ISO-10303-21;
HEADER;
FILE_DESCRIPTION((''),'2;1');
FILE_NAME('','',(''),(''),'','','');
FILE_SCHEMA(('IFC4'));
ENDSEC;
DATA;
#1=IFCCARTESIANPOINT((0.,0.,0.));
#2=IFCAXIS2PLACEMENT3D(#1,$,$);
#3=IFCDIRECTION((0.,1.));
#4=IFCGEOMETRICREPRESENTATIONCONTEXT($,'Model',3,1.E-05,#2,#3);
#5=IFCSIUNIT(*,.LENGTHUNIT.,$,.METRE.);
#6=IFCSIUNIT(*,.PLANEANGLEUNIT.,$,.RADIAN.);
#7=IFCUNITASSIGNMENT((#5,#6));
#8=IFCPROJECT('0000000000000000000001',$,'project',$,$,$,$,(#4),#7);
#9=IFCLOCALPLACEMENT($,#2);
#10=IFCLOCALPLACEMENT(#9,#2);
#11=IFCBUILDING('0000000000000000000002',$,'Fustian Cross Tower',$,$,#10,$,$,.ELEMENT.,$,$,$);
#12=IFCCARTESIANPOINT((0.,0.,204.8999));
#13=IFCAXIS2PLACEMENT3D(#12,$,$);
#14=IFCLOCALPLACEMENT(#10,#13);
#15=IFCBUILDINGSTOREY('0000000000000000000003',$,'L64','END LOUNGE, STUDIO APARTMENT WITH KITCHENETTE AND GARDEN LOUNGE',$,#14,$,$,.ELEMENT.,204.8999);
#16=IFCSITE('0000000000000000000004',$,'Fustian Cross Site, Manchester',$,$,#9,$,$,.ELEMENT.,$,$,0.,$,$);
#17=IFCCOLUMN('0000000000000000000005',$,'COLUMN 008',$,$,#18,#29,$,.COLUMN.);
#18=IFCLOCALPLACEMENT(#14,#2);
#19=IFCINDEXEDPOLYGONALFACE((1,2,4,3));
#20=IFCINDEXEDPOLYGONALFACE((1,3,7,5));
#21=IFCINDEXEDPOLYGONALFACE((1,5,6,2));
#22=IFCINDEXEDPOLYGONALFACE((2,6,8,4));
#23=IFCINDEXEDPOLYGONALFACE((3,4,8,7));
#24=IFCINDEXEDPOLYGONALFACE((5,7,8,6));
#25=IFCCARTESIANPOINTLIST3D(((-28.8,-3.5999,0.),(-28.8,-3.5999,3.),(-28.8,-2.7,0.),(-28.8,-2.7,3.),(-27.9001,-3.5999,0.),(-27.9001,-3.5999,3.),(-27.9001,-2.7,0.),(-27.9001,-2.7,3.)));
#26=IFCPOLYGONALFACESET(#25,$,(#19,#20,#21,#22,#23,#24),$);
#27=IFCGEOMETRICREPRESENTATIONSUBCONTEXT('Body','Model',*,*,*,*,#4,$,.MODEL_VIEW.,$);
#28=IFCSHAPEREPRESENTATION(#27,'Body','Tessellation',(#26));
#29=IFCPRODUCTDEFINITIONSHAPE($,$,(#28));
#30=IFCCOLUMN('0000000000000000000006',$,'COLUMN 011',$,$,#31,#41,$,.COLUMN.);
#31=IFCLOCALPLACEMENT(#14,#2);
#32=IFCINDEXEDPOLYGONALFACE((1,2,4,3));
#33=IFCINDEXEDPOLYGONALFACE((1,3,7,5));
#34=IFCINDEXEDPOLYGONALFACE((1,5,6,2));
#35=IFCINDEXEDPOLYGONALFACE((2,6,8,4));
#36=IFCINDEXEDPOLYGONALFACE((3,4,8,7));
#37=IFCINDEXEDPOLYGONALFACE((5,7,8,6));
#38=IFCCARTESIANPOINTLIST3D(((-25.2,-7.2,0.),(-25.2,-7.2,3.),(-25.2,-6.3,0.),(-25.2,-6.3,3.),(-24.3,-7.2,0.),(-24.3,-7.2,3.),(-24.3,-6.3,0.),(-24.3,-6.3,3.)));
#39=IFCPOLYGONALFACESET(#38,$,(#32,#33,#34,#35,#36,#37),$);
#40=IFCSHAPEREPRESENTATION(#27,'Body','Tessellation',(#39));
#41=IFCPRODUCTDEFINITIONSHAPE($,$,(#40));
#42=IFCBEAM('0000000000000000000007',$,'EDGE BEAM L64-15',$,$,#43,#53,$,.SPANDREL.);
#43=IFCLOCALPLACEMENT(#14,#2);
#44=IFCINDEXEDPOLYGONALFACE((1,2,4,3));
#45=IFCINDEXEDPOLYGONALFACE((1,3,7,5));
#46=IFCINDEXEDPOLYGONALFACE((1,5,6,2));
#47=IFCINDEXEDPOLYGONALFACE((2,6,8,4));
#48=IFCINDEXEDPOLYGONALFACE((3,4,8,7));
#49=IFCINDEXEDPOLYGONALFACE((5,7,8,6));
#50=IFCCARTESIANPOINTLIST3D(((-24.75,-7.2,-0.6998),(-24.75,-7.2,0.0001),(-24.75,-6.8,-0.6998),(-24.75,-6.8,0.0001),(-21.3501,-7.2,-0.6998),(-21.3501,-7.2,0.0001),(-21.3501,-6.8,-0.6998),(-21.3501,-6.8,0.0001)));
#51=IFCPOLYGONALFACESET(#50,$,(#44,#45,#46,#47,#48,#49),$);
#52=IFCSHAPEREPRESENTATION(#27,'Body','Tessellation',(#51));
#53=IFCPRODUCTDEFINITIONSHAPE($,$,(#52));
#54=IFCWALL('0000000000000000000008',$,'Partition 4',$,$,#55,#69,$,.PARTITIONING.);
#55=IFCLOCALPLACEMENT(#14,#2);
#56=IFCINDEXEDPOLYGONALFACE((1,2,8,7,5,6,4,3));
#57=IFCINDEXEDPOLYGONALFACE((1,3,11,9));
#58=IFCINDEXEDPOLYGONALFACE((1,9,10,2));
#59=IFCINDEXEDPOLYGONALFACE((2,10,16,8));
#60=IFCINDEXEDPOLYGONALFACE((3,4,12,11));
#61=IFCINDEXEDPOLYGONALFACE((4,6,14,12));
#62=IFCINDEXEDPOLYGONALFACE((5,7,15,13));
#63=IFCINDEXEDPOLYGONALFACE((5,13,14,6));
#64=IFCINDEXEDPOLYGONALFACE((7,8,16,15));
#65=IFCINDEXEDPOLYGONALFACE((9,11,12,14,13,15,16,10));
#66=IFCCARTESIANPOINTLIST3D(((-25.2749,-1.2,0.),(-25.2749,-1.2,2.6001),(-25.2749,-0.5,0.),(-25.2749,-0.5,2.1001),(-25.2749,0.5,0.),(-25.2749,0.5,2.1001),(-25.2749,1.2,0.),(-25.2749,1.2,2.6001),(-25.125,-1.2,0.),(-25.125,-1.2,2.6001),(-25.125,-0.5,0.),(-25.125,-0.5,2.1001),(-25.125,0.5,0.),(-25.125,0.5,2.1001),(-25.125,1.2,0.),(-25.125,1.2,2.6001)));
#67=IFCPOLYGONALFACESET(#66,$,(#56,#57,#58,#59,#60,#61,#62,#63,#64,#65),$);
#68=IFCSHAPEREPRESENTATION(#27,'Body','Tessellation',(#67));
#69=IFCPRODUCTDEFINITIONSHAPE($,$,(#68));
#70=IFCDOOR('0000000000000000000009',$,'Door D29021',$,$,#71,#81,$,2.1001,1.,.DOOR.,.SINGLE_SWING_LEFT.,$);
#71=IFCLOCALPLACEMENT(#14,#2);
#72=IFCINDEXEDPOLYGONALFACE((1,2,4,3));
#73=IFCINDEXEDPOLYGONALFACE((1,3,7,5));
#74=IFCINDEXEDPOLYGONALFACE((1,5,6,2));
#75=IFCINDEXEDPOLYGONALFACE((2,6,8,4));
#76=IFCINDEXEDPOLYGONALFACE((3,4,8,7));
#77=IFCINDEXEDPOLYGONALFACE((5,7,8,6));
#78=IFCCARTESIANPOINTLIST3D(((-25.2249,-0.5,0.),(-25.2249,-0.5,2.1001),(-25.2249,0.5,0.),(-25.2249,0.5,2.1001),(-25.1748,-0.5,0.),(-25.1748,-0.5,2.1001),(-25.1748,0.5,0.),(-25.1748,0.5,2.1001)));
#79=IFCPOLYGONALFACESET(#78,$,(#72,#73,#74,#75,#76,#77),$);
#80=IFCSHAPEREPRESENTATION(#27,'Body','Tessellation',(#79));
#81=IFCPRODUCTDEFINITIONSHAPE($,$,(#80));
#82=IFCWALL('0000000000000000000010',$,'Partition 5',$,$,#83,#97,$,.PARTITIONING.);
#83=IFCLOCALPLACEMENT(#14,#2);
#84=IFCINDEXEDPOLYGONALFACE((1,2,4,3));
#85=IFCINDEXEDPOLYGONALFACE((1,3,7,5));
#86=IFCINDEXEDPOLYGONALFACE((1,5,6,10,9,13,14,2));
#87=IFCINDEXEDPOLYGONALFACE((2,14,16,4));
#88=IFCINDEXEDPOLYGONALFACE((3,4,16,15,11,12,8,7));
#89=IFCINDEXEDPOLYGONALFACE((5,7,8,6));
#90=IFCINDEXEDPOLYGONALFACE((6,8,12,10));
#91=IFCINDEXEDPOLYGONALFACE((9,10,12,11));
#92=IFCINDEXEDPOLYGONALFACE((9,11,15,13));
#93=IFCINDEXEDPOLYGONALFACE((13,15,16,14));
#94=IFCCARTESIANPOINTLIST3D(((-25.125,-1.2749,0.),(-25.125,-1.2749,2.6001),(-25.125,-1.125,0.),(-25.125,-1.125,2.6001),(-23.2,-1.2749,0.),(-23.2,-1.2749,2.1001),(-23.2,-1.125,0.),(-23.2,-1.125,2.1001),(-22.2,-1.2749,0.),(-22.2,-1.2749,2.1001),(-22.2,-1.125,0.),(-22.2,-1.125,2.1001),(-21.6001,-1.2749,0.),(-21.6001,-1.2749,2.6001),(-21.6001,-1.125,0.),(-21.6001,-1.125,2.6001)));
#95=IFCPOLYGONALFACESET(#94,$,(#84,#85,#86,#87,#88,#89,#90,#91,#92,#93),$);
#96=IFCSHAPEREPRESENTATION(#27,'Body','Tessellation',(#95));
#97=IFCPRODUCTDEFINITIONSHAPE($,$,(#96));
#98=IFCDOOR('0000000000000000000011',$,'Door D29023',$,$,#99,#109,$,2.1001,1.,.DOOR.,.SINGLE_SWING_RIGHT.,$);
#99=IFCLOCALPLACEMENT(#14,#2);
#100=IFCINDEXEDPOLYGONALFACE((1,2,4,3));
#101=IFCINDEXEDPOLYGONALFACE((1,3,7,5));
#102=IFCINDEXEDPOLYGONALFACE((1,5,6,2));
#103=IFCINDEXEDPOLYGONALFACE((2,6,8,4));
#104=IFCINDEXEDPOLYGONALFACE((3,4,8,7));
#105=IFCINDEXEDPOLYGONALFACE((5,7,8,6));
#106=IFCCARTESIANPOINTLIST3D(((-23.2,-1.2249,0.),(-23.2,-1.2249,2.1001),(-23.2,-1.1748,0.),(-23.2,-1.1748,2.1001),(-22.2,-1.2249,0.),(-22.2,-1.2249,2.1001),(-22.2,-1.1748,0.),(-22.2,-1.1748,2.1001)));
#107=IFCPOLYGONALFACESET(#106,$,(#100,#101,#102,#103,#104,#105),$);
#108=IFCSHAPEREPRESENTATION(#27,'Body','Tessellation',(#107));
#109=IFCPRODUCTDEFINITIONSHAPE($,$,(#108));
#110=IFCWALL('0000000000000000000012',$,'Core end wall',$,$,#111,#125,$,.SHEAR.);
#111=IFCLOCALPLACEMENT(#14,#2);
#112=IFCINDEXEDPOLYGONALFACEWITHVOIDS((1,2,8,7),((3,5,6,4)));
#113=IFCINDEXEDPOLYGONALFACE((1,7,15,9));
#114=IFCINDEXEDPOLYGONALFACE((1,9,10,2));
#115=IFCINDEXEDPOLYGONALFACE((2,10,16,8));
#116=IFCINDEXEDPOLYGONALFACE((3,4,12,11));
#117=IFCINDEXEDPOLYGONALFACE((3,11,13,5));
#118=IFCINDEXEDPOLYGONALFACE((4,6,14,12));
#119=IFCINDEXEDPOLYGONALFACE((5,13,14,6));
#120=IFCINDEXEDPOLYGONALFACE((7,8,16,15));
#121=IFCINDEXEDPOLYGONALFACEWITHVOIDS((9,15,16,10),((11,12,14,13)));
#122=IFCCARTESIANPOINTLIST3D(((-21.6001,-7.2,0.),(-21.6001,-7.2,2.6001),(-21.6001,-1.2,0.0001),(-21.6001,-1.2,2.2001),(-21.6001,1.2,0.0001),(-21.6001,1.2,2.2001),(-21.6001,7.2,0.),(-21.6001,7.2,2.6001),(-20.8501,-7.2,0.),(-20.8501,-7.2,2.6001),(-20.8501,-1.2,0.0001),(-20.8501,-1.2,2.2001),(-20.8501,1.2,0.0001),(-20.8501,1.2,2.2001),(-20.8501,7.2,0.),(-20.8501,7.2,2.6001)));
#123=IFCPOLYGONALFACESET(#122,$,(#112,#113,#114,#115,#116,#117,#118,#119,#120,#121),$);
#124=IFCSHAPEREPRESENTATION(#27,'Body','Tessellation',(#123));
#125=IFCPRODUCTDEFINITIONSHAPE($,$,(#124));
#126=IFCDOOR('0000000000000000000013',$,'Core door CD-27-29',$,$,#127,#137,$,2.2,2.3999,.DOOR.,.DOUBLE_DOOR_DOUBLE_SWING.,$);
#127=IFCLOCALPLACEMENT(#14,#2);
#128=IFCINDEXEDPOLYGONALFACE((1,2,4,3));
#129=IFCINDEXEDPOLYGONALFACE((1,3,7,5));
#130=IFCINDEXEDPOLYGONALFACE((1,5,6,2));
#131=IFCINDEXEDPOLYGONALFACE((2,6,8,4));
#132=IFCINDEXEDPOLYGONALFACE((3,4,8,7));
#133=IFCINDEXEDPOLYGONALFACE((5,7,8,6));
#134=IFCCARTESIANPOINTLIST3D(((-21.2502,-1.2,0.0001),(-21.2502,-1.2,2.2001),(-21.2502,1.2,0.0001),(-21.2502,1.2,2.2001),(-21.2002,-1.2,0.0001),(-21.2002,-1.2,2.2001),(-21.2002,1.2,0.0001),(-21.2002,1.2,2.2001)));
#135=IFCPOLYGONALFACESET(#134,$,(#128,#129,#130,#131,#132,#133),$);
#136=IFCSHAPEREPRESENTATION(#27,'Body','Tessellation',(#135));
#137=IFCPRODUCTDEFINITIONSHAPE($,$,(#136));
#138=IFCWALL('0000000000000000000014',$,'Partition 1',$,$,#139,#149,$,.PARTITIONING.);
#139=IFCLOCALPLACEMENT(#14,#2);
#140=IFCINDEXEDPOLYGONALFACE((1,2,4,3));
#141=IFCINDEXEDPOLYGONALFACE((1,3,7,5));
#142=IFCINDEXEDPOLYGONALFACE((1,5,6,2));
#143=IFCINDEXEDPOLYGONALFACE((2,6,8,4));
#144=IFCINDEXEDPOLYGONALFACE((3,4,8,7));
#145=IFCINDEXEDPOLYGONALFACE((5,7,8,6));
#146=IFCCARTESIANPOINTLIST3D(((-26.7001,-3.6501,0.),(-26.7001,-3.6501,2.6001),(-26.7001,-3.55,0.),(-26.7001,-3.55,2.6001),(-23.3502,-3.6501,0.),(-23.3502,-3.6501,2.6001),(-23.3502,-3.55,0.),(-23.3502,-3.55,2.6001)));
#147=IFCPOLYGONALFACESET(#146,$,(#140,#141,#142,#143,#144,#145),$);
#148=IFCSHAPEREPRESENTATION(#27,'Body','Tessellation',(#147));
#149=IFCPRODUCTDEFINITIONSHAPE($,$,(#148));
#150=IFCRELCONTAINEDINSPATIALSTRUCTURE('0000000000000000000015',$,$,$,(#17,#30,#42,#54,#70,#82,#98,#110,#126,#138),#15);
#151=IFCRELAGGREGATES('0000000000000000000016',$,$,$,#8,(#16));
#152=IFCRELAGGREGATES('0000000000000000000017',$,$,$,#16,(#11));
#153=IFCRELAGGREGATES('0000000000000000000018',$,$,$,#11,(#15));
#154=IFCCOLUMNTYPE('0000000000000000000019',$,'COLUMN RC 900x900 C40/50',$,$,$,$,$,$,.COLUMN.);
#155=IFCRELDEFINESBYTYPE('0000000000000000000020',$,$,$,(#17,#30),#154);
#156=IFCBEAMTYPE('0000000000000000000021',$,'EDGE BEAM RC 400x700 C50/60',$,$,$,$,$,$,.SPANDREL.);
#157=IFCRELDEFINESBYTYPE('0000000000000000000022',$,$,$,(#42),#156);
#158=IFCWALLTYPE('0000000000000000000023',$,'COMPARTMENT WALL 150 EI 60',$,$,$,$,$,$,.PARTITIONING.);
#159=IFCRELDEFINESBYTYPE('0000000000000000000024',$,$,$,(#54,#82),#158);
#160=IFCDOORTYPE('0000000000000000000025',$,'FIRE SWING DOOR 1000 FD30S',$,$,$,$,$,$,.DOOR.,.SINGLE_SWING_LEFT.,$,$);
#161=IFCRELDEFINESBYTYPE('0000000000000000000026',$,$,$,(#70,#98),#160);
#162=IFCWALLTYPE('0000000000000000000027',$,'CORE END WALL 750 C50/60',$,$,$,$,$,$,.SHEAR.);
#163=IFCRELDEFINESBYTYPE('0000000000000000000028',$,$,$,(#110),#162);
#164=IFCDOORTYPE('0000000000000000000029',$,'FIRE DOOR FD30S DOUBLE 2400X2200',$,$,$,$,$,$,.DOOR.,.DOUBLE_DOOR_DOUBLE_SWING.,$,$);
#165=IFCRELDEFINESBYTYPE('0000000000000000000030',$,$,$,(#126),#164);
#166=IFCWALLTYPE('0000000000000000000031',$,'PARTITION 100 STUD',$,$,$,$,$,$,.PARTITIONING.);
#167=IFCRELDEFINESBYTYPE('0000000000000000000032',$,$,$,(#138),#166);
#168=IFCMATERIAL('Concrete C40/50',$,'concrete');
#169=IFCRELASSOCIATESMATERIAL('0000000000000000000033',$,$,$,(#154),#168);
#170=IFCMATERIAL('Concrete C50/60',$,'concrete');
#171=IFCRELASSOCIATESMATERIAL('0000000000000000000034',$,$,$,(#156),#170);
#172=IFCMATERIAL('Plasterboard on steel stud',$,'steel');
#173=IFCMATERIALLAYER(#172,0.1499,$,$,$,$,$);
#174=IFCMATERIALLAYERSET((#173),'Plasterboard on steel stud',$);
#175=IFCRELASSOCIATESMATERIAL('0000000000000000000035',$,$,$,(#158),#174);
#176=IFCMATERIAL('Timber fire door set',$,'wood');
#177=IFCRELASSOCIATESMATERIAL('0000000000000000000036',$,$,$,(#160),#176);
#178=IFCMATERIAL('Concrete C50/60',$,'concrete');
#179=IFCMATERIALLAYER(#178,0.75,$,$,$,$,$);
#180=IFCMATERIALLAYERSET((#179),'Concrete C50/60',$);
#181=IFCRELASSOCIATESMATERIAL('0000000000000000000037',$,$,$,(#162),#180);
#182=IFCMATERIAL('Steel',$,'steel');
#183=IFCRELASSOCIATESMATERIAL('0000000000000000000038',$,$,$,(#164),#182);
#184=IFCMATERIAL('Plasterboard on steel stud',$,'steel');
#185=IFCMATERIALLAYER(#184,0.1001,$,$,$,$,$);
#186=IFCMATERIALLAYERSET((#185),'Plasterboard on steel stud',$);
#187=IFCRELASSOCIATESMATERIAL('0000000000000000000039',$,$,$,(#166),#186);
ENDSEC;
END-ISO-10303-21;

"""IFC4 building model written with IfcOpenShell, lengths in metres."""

from ifc_helpers import new_model, si_unit, direction, frame, frame_2d, origin, origin_2d, place, context, subcontext, project, spatial, rectangle, extrude, material, layer, layer_set, material_profile, profile_set, type_object, element, fill, save


model = new_model("IFC4")

# Units and contexts
model_context = context("Model", 3, precision=1e-05, world=origin(), true_north=direction((0.0, 1.0)))
body_context = subcontext(model_context, "Body", "Model", "MODEL_VIEW")
ifc_project = project(units=[si_unit("LENGTHUNIT", "METRE"), si_unit("PLANEANGLEUNIT", "RADIAN")], contexts=[model_context])

# Site, building, storey
site_placement = place(None, origin())
site = spatial("IfcSite", under=ifc_project, at=site_placement, Name="Fustian Cross Site, Manchester", CompositionType="ELEMENT", RefElevation=0.0)
building_placement = place(site_placement, origin())
building = spatial("IfcBuilding", under=site, at=building_placement, Name="Fustian Cross Tower", CompositionType="ELEMENT")
storey_placement = place(building_placement, frame((0.0, 0.0, 204.8999)))
storey = spatial("IfcBuildingStorey", under=building, at=storey_placement, Name="L64", Description="END LOUNGE, STUDIO APARTMENT WITH KITCHENETTE AND GARDEN LOUNGE", CompositionType="ELEMENT", Elevation=204.8999)

# Columns
ifc_material_1 = material(Name="Concrete C40/50", Category="concrete")
ifc_material_profile_1 = material_profile(ifc_material_1, rectangle(XDim=0.8999, YDim=0.8999, at=origin_2d()), Name="RC 900x900")
ifc_profile_set_1 = profile_set([ifc_material_profile_1], Name="Concrete C40/50")
column_type = type_object("IfcColumnType", Name="COLUMN RC 900x900 C40/50", PredefinedType="COLUMN", material=ifc_profile_set_1)
for number, where, z_axis, x_axis, name in (
    (1, (-28.3501, -3.1499, 0.0), (0.0, 0.0, 1.0), (1.0, 0.0, 0.0), "COLUMN 008"),
    (2, (-24.75, -6.75, 0.0), (0.0, 0.0, 1.0), (1.0, 0.0, 0.0), "COLUMN 011"),
):
    element("IfcColumn", number, at=place(storey_placement, frame(where, z_axis=z_axis, x_axis=x_axis)), inside=storey, type_object=column_type, Name=name, PredefinedType="COLUMN", context=body_context, shape_type="SweptSolid", body=[
        extrude(rectangle(XDim=0.8999, YDim=0.8999, at=origin_2d()), origin(), (0.0, 0.0, 1.0), 3.0),
    ])

# Beam
ifc_material_2 = material(Name="Concrete C50/60", Category="concrete")
ifc_material_profile_2 = material_profile(ifc_material_2, rectangle(XDim=0.3999, YDim=0.7, at=origin_2d()), Name="RC 400x700")
ifc_profile_set_2 = profile_set([ifc_material_profile_2], Name="Concrete C50/60")
beam_type = type_object("IfcBeamType", Name="EDGE BEAM RC 400x700 C50/60", PredefinedType="SPANDREL", material=ifc_profile_set_2)
beam_placement = place(storey_placement, frame((-24.75, -7.0, -0.3499), z_axis=(1.0, 0.0, 0.0), x_axis=(0.0, 1.0, 0.0)))
element("IfcBeam", 3, at=beam_placement, inside=storey, type_object=beam_type, Name="EDGE BEAM L64-15", PredefinedType="SPANDREL", context=body_context, shape_type="SweptSolid", body=[
    extrude(rectangle(XDim=0.3999, YDim=0.7, at=origin_2d()), origin(), (0.0, 0.0, 1.0), 3.3999),
])

# Walls, openings, doors
ifc_material_3 = material(Name="Plasterboard on steel stud", Category="steel")
ifc_layer_1 = layer(ifc_material_3, 0.1499)
ifc_layer_set_1 = layer_set([ifc_layer_1], Name="Plasterboard on steel stud")
wall_type_1 = type_object("IfcWallType", Name="COMPARTMENT WALL 150 EI 60", PredefinedType="PARTITIONING", material=ifc_layer_set_1)
wall_1_placement = place(storey_placement, frame((-25.2, -1.2, 0.0), z_axis=(0.0, 0.0, 1.0), x_axis=(0.0, 1.0, 0.0)))
wall_1 = element("IfcWall", 4, at=wall_1_placement, inside=storey, type_object=wall_type_1, Name="Partition 4", PredefinedType="PARTITIONING", context=body_context, shape_type="SweptSolid", body=[
    extrude(rectangle(XDim=2.3999, YDim=0.1499, at=frame_2d((1.2, 0.0))), origin(), (0.0, 0.0, 1.0), 2.6001),
])
opening_1_placement = place(wall_1_placement, frame((0.7, 0.0, 0.0)))
opening_1 = element("IfcOpeningElement", 5, at=opening_1_placement, cuts=wall_1, PredefinedType="OPENING", context=body_context, shape_type="SweptSolid", body=[
    extrude(rectangle(XDim=1.0, YDim=2.1001, at=frame_2d((0.5, 1.05))), frame((0.0, 0.085, 0.0), z_axis=(0.0, -1.0, 0.0), x_axis=(1.0, 0.0, 0.0)), (0.0, 0.0, 1.0), 0.1699),
])
ifc_material_4 = material(Name="Timber fire door set", Category="wood")
door_type_1 = type_object("IfcDoorType", Name="FIRE SWING DOOR 1000 FD30S", OperationType="SINGLE_SWING_LEFT", PredefinedType="DOOR", material=ifc_material_4)
door_1_placement = place(opening_1_placement, origin())
door_1 = element("IfcDoor", 6, at=door_1_placement, inside=storey, type_object=door_type_1, Name="Door D29021", OperationType="SINGLE_SWING_LEFT", OverallHeight=2.1001, OverallWidth=1.0, PredefinedType="DOOR", context=body_context, shape_type="SweptSolid", body=[
    extrude(rectangle(XDim=1.0, YDim=2.1001, at=frame_2d((0.5, 1.05))), frame((0.0, 0.0249, 0.0), z_axis=(0.0, -1.0, 0.0), x_axis=(1.0, 0.0, 0.0)), (0.0, 0.0, 1.0), 0.05),
])
fill(opening_1, door_1)
wall_2_placement = place(storey_placement, frame((-25.125, -1.2, 0.0), z_axis=(0.0, 0.0, 1.0), x_axis=(1.0, 0.0, 0.0)))
wall_2 = element("IfcWall", 7, at=wall_2_placement, inside=storey, type_object=wall_type_1, Name="Partition 5", PredefinedType="PARTITIONING", context=body_context, shape_type="SweptSolid", body=[
    extrude(rectangle(XDim=3.5249, YDim=0.1499, at=frame_2d((1.7625, 0.0))), origin(), (0.0, 0.0, 1.0), 2.6001),
])
opening_2_placement = place(wall_2_placement, frame((1.925, 0.0, 0.0)))
opening_2 = element("IfcOpeningElement", 8, at=opening_2_placement, cuts=wall_2, PredefinedType="OPENING", context=body_context, shape_type="SweptSolid", body=[
    extrude(rectangle(XDim=1.0, YDim=2.1001, at=frame_2d((0.5, 1.05))), frame((0.0, 0.085, 0.0), z_axis=(0.0, -1.0, 0.0), x_axis=(1.0, 0.0, 0.0)), (0.0, 0.0, 1.0), 0.1699),
])
door_2_placement = place(opening_2_placement, frame((1.0, 0.0, 0.0), z_axis=(0.0, 0.0, 1.0), x_axis=(-1.0, 0.0, 0.0)))
door_2 = element("IfcDoor", 9, at=door_2_placement, inside=storey, type_object=door_type_1, Name="Door D29023", OperationType="SINGLE_SWING_RIGHT", OverallHeight=2.1001, OverallWidth=1.0, PredefinedType="DOOR", context=body_context, shape_type="SweptSolid", body=[
    extrude(rectangle(XDim=1.0, YDim=2.1001, at=frame_2d((0.5, 1.05))), frame((0.0, 0.0249, 0.0), z_axis=(0.0, -1.0, 0.0), x_axis=(1.0, 0.0, 0.0)), (0.0, 0.0, 1.0), 0.05),
])
fill(opening_2, door_2)
ifc_material_5 = material(Name="Concrete C50/60", Category="concrete")
ifc_layer_2 = layer(ifc_material_5, 0.75)
ifc_layer_set_2 = layer_set([ifc_layer_2], Name="Concrete C50/60")
wall_type_2 = type_object("IfcWallType", Name="CORE END WALL 750 C50/60", PredefinedType="SHEAR", material=ifc_layer_set_2)
wall_3_placement = place(storey_placement, frame((-21.2251, -7.2, 0.0), z_axis=(0.0, 0.0, 1.0), x_axis=(0.0, 1.0, 0.0)))
wall_3 = element("IfcWall", 10, at=wall_3_placement, inside=storey, type_object=wall_type_2, Name="Core end wall", PredefinedType="SHEAR", context=body_context, shape_type="SweptSolid", body=[
    extrude(rectangle(XDim=14.3999, YDim=0.75, at=frame_2d((7.2, 0.0))), origin(), (0.0, 0.0, 1.0), 2.6001),
])
opening_3_placement = place(wall_3_placement, frame((6.0, 0.0, 0.0)))
opening_3 = element("IfcOpeningElement", 11, at=opening_3_placement, cuts=wall_3, PredefinedType="OPENING", context=body_context, shape_type="SweptSolid", body=[
    extrude(rectangle(XDim=2.3999, YDim=2.2, at=frame_2d((1.2, 1.1001))), frame((0.0, 0.385, 0.0), z_axis=(0.0, -1.0, 0.0), x_axis=(1.0, 0.0, 0.0)), (0.0, 0.0, 1.0), 0.77),
])
ifc_material_6 = material(Name="Steel", Category="steel")
door_type_2 = type_object("IfcDoorType", Name="FIRE DOOR FD30S DOUBLE 2400X2200", OperationType="DOUBLE_DOOR_DOUBLE_SWING", PredefinedType="DOOR", material=ifc_material_6)
door_3_placement = place(opening_3_placement, frame((2.3999, 0.0, 0.0), z_axis=(0.0, 0.0, 1.0), x_axis=(-1.0, 0.0, 0.0)))
door_3 = element("IfcDoor", 12, at=door_3_placement, inside=storey, type_object=door_type_2, Name="Core door CD-27-29", OperationType="DOUBLE_DOOR_DOUBLE_SWING", OverallHeight=2.2, OverallWidth=2.3999, PredefinedType="DOOR", context=body_context, shape_type="SweptSolid", body=[
    extrude(rectangle(XDim=2.3999, YDim=2.2, at=frame_2d((1.2, 1.1001))), frame((0.0, 0.0249, 0.0), z_axis=(0.0, -1.0, 0.0), x_axis=(1.0, 0.0, 0.0)), (0.0, 0.0, 1.0), 0.05),
])
fill(opening_3, door_3)

# Wall
ifc_material_7 = material(Name="Plasterboard on steel stud", Category="steel")
ifc_layer_3 = layer(ifc_material_7, 0.1001)
ifc_layer_set_3 = layer_set([ifc_layer_3], Name="Plasterboard on steel stud")
wall_type_3 = type_object("IfcWallType", Name="PARTITION 100 STUD", PredefinedType="PARTITIONING", material=ifc_layer_set_3)
wall_4_placement = place(storey_placement, frame((-26.7, -3.6001, 0.0), z_axis=(0.0, 0.0, 1.0), x_axis=(1.0, 0.0, 0.0)))
element("IfcWall", 13, at=wall_4_placement, inside=storey, type_object=wall_type_3, Name="Partition 1", PredefinedType="PARTITIONING", context=body_context, shape_type="SweptSolid", body=[
    extrude(rectangle(XDim=3.3499, YDim=0.1001, at=frame_2d((1.6748, 0.0))), origin(), (0.0, 0.0, 1.0), 2.6001),
])

save(model, "model.ifc")
